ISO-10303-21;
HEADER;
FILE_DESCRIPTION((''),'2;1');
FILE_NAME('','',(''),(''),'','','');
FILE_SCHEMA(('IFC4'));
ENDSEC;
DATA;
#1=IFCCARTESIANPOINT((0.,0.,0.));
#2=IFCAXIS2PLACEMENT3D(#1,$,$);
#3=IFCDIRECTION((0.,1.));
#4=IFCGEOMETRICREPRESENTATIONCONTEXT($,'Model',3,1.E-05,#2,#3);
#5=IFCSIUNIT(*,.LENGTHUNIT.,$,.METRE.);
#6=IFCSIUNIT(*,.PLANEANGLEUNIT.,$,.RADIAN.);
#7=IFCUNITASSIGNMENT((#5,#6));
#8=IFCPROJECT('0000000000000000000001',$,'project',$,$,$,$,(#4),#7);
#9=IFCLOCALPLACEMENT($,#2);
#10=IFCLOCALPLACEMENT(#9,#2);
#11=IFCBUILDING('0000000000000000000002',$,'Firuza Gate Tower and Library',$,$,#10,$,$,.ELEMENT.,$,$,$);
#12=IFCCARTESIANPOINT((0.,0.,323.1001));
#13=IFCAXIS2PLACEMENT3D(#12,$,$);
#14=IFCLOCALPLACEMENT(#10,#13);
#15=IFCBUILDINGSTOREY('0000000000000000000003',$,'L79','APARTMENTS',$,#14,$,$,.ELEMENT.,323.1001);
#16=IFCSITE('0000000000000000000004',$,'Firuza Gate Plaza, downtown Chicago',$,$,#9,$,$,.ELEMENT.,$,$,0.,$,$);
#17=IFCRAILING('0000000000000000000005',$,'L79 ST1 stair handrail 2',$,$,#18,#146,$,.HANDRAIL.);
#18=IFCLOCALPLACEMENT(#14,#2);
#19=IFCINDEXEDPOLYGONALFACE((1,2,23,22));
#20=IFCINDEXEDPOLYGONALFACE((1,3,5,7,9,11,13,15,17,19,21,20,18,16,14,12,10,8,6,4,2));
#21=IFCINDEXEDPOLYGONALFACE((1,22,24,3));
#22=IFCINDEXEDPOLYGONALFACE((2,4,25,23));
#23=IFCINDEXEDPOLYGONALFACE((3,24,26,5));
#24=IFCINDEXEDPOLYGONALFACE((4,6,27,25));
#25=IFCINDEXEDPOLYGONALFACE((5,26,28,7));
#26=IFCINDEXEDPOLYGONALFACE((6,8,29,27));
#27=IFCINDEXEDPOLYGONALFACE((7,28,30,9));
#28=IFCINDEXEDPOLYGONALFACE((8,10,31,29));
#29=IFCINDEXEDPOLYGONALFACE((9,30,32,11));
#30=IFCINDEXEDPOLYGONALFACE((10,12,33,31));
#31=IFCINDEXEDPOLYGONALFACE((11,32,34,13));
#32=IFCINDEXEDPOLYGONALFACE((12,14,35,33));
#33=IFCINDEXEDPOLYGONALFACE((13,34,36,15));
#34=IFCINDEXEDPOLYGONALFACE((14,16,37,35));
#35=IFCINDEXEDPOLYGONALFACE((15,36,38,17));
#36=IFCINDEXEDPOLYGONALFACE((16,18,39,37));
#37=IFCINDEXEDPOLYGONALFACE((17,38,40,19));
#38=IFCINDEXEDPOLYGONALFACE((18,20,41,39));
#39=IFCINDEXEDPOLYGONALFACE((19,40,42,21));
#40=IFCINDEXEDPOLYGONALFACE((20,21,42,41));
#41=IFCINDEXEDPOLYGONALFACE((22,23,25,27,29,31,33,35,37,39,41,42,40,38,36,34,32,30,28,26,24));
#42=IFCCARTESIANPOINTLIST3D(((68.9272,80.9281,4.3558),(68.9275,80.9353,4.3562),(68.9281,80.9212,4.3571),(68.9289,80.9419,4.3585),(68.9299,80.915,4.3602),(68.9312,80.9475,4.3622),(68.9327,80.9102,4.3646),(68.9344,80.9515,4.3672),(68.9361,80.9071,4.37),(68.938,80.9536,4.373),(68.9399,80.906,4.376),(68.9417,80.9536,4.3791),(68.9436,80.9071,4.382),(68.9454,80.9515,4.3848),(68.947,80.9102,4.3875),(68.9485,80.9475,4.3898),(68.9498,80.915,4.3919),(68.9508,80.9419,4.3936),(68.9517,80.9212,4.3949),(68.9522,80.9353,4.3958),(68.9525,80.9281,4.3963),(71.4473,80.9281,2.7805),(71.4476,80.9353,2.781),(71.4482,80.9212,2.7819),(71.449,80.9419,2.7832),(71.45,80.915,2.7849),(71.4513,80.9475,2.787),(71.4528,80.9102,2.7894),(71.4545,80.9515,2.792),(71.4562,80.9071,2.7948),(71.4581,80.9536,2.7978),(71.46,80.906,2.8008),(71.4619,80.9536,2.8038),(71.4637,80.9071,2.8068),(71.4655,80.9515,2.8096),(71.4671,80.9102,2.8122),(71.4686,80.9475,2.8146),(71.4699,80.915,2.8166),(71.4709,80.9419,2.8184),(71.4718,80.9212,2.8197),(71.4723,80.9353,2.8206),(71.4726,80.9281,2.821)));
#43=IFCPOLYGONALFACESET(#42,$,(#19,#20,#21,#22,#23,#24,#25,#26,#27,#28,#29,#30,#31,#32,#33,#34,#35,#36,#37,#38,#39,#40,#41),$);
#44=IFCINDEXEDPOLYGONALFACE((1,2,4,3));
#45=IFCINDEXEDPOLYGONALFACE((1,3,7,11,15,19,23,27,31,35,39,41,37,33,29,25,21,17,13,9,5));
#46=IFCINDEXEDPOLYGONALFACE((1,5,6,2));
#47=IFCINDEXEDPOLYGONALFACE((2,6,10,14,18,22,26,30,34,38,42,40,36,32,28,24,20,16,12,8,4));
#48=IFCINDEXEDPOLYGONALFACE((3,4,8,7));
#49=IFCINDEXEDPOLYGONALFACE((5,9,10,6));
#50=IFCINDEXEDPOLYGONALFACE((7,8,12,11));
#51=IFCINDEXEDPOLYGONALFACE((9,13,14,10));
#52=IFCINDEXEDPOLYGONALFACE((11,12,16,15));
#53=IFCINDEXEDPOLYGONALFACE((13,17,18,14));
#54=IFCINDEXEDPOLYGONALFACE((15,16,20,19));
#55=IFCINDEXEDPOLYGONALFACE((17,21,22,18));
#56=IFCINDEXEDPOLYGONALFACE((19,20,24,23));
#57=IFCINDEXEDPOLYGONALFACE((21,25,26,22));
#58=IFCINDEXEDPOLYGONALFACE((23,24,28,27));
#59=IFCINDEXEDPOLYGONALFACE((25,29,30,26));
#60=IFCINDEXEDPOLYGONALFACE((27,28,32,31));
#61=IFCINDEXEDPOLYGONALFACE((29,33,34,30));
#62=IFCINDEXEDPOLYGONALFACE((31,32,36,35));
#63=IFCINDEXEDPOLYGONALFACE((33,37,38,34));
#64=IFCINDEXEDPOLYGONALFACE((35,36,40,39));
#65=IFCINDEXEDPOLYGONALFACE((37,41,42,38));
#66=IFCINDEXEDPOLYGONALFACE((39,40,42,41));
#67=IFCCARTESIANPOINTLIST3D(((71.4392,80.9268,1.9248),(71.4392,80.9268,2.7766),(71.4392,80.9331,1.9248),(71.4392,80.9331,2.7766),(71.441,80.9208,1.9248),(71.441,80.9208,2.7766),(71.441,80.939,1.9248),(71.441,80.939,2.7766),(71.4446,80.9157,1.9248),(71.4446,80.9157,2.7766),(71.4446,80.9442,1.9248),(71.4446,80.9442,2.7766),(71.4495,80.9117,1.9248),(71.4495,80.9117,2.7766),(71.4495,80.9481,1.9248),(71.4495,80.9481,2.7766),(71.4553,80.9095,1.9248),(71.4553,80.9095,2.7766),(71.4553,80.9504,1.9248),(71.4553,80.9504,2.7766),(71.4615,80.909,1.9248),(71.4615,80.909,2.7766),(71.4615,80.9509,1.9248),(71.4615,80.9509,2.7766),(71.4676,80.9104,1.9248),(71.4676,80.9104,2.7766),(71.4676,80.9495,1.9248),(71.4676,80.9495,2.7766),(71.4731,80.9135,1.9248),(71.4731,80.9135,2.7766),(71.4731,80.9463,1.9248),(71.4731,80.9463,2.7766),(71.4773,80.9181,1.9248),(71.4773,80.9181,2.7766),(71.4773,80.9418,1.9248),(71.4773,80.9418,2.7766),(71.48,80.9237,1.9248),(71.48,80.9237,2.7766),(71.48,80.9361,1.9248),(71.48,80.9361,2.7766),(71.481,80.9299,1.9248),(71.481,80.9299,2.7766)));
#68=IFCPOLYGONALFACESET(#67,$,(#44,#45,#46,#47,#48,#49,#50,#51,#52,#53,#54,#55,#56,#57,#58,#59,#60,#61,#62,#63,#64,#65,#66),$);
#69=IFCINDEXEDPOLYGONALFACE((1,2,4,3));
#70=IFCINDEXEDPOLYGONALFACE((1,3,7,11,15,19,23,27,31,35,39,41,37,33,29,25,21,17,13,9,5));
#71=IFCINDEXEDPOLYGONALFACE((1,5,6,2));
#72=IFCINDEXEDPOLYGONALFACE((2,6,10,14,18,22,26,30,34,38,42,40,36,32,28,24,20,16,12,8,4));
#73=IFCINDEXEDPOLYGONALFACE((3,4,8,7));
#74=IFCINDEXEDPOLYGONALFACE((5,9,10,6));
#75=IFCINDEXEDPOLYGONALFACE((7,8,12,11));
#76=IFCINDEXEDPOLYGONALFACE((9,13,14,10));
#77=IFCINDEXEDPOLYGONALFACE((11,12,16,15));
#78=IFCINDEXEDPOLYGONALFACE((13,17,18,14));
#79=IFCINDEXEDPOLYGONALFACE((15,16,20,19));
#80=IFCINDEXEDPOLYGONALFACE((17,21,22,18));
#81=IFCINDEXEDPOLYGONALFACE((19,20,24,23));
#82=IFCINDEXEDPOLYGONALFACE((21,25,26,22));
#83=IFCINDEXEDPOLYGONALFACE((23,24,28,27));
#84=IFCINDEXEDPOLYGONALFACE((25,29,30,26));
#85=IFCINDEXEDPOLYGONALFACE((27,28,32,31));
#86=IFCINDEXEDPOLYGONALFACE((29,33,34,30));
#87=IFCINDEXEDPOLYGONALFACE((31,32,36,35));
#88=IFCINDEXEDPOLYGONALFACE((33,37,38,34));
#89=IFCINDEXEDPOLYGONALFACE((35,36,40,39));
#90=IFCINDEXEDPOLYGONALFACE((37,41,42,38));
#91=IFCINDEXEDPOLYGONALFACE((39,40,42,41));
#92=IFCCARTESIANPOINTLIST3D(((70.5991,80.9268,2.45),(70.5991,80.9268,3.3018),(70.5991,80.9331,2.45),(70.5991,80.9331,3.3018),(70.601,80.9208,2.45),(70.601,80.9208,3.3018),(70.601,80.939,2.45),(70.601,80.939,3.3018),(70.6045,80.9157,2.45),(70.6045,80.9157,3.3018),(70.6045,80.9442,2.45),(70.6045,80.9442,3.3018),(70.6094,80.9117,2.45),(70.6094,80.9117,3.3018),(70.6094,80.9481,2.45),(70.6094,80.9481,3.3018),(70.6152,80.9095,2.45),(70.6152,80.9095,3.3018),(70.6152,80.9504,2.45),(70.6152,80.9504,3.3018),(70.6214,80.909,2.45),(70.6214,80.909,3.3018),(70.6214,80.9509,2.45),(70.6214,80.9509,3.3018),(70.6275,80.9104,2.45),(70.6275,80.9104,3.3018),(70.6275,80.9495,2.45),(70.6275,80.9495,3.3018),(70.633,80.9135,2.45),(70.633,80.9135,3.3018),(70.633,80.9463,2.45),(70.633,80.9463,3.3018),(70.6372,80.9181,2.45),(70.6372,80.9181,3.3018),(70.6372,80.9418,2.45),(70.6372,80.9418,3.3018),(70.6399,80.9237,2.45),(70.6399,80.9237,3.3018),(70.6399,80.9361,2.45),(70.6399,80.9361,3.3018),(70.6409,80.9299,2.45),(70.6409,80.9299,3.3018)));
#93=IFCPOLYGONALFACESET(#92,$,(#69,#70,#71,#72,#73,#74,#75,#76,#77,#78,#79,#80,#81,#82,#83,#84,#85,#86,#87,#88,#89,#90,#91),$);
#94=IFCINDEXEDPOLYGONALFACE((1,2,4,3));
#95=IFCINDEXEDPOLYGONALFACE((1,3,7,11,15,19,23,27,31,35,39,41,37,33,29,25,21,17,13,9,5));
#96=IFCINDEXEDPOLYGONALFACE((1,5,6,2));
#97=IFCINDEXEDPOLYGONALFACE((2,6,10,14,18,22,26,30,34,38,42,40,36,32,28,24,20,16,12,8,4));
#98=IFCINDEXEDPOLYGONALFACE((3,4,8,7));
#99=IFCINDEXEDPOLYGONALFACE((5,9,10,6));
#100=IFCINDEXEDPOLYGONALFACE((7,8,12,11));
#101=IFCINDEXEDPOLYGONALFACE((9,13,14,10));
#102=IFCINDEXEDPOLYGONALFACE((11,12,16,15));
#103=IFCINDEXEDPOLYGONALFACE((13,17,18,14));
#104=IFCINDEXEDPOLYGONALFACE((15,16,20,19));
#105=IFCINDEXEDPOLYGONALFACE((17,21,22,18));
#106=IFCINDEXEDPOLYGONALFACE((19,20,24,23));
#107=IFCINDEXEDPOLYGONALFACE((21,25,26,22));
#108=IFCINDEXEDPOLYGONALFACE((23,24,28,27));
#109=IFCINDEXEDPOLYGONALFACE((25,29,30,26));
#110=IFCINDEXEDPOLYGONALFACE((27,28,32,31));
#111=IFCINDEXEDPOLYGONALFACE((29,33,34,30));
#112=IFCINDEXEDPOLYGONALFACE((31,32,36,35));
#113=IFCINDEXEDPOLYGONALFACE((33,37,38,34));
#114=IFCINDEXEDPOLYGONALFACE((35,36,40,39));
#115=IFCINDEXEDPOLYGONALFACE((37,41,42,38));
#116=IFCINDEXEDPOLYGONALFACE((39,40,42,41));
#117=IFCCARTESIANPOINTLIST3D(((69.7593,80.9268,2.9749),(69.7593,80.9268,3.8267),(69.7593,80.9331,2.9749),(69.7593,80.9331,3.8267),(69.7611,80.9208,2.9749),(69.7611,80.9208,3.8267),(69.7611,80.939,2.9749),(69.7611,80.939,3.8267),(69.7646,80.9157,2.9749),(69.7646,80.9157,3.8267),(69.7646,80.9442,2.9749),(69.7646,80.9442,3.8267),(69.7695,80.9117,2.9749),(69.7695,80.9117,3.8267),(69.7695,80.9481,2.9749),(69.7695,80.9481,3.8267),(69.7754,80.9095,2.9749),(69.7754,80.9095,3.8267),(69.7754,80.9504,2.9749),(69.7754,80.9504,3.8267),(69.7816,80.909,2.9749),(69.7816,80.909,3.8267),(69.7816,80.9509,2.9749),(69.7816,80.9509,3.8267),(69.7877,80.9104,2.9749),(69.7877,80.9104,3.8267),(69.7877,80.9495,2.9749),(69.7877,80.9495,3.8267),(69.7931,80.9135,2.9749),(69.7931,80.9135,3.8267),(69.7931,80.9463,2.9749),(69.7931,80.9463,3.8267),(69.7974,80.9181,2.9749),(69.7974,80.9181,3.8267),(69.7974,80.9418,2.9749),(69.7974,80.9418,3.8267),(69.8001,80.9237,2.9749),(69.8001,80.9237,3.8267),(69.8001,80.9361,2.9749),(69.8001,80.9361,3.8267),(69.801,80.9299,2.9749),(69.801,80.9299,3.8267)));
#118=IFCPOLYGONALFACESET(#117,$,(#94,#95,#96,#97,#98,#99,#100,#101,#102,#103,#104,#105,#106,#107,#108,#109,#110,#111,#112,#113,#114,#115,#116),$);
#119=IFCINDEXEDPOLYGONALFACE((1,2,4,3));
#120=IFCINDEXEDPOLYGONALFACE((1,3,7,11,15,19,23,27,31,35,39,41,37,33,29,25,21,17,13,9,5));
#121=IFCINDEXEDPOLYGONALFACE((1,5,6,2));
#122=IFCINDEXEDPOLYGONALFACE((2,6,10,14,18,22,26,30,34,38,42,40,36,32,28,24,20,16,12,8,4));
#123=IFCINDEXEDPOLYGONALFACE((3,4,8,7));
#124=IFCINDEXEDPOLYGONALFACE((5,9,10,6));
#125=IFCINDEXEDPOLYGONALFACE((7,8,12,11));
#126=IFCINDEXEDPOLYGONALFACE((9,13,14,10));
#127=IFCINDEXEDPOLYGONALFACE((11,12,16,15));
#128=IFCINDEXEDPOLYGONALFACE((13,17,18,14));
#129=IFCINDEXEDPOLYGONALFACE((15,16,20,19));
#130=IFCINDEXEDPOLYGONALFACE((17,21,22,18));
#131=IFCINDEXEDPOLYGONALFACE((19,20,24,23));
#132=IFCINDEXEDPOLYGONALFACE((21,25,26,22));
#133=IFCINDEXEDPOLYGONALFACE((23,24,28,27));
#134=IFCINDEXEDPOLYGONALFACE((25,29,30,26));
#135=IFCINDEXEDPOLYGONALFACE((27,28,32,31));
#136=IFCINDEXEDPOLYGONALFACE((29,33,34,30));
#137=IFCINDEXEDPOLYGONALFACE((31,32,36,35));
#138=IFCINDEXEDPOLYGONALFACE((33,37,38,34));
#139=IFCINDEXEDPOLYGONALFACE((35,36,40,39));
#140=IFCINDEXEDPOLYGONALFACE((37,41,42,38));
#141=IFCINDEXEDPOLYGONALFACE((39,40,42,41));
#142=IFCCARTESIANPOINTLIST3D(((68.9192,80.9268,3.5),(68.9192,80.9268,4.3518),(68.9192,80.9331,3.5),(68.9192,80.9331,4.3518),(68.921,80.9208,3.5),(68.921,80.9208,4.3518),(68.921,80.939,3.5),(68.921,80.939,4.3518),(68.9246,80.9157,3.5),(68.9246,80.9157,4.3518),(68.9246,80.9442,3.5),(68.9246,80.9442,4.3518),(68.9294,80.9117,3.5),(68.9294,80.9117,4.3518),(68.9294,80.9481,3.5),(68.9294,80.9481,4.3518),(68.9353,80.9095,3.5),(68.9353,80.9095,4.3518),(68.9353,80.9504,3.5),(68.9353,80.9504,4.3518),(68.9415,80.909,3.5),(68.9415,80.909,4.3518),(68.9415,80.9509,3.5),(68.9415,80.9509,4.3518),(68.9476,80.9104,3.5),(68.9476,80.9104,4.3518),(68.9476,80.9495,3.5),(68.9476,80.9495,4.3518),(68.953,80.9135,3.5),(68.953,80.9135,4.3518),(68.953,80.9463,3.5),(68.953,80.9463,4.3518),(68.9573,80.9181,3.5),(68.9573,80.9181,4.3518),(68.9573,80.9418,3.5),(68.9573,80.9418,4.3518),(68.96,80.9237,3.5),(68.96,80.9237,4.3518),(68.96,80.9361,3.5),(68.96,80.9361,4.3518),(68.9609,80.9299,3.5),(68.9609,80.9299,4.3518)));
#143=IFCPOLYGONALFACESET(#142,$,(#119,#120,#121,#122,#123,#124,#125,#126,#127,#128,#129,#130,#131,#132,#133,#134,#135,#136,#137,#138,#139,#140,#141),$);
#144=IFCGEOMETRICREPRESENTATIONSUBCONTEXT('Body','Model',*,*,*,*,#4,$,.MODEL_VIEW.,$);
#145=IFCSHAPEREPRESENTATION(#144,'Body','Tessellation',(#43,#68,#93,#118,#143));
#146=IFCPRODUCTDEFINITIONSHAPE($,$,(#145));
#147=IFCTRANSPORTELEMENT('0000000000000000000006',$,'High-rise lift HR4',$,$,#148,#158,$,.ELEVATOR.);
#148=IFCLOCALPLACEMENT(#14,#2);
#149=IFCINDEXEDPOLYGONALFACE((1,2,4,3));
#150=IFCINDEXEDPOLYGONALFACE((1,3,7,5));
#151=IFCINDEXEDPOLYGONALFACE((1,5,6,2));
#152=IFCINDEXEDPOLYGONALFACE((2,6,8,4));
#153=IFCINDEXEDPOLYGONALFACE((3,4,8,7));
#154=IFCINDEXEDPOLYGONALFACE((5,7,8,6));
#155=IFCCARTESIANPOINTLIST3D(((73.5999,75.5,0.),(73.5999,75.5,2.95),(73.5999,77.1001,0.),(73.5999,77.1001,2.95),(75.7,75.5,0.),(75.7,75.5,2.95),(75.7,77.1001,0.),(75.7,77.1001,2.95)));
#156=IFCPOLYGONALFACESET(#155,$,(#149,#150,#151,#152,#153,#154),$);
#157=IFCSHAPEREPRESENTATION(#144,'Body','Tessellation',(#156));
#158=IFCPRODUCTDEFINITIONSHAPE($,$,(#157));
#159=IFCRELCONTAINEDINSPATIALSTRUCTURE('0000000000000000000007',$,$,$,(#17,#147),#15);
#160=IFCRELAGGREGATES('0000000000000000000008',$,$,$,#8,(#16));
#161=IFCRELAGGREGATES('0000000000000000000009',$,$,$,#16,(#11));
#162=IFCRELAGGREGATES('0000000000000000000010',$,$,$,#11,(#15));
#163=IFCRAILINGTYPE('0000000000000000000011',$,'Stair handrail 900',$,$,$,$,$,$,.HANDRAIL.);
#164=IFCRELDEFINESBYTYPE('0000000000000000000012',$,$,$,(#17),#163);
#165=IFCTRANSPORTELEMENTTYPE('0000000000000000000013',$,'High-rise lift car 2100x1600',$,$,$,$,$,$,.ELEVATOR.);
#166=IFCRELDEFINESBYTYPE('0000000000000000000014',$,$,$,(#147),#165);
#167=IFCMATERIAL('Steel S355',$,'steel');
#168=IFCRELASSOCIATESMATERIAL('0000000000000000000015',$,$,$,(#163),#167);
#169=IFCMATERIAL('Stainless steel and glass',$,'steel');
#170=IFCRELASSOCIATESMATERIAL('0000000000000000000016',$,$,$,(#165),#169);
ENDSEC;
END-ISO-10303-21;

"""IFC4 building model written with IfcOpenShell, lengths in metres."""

from ifc_helpers import new_model, si_unit, direction, frame, origin, origin_2d, place, context, subcontext, project, spatial, rectangle, circle, extrude, material, type_object, element, save


model = new_model("IFC4")

# Units and contexts
model_context = context("Model", 3, precision=1e-05, world=origin(), true_north=direction((0.0, 1.0)))
body_context = subcontext(model_context, "Body", "Model", "MODEL_VIEW")
ifc_project = project(units=[si_unit("LENGTHUNIT", "METRE"), si_unit("PLANEANGLEUNIT", "RADIAN")], contexts=[model_context])

# Site, building, storey
site_placement = place(None, origin())
site = spatial("IfcSite", under=ifc_project, at=site_placement, Name="Firuza Gate Plaza, downtown Chicago", CompositionType="ELEMENT", RefElevation=0.0)
building_placement = place(site_placement, origin())
building = spatial("IfcBuilding", under=site, at=building_placement, Name="Firuza Gate Tower and Library", CompositionType="ELEMENT")
storey_placement = place(building_placement, frame((0.0, 0.0, 323.1001)))
storey = spatial("IfcBuildingStorey", under=building, at=storey_placement, Name="L79", Description="APARTMENTS", CompositionType="ELEMENT", Elevation=323.1001)

# Railing
ifc_material_1 = material(Name="Steel S355", Category="steel")
railing_type_1 = type_object("IfcRailingType", Name="Stair handrail 900", PredefinedType="HANDRAIL", material=ifc_material_1)
railing_1_placement = place(storey_placement, frame((71.46, 80.9299, 1.9248)))
element("IfcRailing", 1, at=railing_1_placement, inside=storey, type_object=railing_type_1, Name="L79 ST1 stair handrail 2", PredefinedType="HANDRAIL", context=body_context, shape_type="SweptSolid", body=[
    extrude(circle(Radius=0.0239, at=origin_2d()), frame((0.0, 0.0, 0.876), z_axis=(-0.847971, 0.0, 0.530043), x_axis=(0.0, -1.0, 0.0)), (0.0, 0.0, 1.0), 2.9719),
    extrude(circle(Radius=0.021, at=origin_2d()), origin(), (0.0, 0.0, 1.0), 0.8518),
    extrude(circle(Radius=0.021, at=origin_2d()), frame((-0.8401, 0.0, 0.5251)), (0.0, 0.0, 1.0), 0.8518),
    extrude(circle(Radius=0.021, at=origin_2d()), frame((-1.6799, 0.0, 1.05)), (0.0, 0.0, 1.0), 0.8518),
    extrude(circle(Radius=0.021, at=origin_2d()), frame((-2.52, 0.0, 1.5752)), (0.0, 0.0, 1.0), 0.8518),
])

# Transport element
ifc_material_2 = material(Name="Stainless steel and glass", Category="steel")
transport_element_type = type_object("IfcTransportElementType", Name="High-rise lift car 2100x1600", PredefinedType="ELEVATOR", material=ifc_material_2)
transport_element_placement = place(storey_placement, frame((74.6499, 76.3, 0.0), z_axis=(0.0, 0.0, 1.0), x_axis=(1.0, 0.0, 0.0)))
element("IfcTransportElement", 2, at=transport_element_placement, inside=storey, type_object=transport_element_type, Name="High-rise lift HR4", PredefinedType="ELEVATOR", context=body_context, shape_type="SweptSolid", body=[
    extrude(rectangle(XDim=2.1001, YDim=1.6001, at=origin_2d()), origin(), (0.0, 0.0, 1.0), 2.95),
])

save(model, "model.ifc")
